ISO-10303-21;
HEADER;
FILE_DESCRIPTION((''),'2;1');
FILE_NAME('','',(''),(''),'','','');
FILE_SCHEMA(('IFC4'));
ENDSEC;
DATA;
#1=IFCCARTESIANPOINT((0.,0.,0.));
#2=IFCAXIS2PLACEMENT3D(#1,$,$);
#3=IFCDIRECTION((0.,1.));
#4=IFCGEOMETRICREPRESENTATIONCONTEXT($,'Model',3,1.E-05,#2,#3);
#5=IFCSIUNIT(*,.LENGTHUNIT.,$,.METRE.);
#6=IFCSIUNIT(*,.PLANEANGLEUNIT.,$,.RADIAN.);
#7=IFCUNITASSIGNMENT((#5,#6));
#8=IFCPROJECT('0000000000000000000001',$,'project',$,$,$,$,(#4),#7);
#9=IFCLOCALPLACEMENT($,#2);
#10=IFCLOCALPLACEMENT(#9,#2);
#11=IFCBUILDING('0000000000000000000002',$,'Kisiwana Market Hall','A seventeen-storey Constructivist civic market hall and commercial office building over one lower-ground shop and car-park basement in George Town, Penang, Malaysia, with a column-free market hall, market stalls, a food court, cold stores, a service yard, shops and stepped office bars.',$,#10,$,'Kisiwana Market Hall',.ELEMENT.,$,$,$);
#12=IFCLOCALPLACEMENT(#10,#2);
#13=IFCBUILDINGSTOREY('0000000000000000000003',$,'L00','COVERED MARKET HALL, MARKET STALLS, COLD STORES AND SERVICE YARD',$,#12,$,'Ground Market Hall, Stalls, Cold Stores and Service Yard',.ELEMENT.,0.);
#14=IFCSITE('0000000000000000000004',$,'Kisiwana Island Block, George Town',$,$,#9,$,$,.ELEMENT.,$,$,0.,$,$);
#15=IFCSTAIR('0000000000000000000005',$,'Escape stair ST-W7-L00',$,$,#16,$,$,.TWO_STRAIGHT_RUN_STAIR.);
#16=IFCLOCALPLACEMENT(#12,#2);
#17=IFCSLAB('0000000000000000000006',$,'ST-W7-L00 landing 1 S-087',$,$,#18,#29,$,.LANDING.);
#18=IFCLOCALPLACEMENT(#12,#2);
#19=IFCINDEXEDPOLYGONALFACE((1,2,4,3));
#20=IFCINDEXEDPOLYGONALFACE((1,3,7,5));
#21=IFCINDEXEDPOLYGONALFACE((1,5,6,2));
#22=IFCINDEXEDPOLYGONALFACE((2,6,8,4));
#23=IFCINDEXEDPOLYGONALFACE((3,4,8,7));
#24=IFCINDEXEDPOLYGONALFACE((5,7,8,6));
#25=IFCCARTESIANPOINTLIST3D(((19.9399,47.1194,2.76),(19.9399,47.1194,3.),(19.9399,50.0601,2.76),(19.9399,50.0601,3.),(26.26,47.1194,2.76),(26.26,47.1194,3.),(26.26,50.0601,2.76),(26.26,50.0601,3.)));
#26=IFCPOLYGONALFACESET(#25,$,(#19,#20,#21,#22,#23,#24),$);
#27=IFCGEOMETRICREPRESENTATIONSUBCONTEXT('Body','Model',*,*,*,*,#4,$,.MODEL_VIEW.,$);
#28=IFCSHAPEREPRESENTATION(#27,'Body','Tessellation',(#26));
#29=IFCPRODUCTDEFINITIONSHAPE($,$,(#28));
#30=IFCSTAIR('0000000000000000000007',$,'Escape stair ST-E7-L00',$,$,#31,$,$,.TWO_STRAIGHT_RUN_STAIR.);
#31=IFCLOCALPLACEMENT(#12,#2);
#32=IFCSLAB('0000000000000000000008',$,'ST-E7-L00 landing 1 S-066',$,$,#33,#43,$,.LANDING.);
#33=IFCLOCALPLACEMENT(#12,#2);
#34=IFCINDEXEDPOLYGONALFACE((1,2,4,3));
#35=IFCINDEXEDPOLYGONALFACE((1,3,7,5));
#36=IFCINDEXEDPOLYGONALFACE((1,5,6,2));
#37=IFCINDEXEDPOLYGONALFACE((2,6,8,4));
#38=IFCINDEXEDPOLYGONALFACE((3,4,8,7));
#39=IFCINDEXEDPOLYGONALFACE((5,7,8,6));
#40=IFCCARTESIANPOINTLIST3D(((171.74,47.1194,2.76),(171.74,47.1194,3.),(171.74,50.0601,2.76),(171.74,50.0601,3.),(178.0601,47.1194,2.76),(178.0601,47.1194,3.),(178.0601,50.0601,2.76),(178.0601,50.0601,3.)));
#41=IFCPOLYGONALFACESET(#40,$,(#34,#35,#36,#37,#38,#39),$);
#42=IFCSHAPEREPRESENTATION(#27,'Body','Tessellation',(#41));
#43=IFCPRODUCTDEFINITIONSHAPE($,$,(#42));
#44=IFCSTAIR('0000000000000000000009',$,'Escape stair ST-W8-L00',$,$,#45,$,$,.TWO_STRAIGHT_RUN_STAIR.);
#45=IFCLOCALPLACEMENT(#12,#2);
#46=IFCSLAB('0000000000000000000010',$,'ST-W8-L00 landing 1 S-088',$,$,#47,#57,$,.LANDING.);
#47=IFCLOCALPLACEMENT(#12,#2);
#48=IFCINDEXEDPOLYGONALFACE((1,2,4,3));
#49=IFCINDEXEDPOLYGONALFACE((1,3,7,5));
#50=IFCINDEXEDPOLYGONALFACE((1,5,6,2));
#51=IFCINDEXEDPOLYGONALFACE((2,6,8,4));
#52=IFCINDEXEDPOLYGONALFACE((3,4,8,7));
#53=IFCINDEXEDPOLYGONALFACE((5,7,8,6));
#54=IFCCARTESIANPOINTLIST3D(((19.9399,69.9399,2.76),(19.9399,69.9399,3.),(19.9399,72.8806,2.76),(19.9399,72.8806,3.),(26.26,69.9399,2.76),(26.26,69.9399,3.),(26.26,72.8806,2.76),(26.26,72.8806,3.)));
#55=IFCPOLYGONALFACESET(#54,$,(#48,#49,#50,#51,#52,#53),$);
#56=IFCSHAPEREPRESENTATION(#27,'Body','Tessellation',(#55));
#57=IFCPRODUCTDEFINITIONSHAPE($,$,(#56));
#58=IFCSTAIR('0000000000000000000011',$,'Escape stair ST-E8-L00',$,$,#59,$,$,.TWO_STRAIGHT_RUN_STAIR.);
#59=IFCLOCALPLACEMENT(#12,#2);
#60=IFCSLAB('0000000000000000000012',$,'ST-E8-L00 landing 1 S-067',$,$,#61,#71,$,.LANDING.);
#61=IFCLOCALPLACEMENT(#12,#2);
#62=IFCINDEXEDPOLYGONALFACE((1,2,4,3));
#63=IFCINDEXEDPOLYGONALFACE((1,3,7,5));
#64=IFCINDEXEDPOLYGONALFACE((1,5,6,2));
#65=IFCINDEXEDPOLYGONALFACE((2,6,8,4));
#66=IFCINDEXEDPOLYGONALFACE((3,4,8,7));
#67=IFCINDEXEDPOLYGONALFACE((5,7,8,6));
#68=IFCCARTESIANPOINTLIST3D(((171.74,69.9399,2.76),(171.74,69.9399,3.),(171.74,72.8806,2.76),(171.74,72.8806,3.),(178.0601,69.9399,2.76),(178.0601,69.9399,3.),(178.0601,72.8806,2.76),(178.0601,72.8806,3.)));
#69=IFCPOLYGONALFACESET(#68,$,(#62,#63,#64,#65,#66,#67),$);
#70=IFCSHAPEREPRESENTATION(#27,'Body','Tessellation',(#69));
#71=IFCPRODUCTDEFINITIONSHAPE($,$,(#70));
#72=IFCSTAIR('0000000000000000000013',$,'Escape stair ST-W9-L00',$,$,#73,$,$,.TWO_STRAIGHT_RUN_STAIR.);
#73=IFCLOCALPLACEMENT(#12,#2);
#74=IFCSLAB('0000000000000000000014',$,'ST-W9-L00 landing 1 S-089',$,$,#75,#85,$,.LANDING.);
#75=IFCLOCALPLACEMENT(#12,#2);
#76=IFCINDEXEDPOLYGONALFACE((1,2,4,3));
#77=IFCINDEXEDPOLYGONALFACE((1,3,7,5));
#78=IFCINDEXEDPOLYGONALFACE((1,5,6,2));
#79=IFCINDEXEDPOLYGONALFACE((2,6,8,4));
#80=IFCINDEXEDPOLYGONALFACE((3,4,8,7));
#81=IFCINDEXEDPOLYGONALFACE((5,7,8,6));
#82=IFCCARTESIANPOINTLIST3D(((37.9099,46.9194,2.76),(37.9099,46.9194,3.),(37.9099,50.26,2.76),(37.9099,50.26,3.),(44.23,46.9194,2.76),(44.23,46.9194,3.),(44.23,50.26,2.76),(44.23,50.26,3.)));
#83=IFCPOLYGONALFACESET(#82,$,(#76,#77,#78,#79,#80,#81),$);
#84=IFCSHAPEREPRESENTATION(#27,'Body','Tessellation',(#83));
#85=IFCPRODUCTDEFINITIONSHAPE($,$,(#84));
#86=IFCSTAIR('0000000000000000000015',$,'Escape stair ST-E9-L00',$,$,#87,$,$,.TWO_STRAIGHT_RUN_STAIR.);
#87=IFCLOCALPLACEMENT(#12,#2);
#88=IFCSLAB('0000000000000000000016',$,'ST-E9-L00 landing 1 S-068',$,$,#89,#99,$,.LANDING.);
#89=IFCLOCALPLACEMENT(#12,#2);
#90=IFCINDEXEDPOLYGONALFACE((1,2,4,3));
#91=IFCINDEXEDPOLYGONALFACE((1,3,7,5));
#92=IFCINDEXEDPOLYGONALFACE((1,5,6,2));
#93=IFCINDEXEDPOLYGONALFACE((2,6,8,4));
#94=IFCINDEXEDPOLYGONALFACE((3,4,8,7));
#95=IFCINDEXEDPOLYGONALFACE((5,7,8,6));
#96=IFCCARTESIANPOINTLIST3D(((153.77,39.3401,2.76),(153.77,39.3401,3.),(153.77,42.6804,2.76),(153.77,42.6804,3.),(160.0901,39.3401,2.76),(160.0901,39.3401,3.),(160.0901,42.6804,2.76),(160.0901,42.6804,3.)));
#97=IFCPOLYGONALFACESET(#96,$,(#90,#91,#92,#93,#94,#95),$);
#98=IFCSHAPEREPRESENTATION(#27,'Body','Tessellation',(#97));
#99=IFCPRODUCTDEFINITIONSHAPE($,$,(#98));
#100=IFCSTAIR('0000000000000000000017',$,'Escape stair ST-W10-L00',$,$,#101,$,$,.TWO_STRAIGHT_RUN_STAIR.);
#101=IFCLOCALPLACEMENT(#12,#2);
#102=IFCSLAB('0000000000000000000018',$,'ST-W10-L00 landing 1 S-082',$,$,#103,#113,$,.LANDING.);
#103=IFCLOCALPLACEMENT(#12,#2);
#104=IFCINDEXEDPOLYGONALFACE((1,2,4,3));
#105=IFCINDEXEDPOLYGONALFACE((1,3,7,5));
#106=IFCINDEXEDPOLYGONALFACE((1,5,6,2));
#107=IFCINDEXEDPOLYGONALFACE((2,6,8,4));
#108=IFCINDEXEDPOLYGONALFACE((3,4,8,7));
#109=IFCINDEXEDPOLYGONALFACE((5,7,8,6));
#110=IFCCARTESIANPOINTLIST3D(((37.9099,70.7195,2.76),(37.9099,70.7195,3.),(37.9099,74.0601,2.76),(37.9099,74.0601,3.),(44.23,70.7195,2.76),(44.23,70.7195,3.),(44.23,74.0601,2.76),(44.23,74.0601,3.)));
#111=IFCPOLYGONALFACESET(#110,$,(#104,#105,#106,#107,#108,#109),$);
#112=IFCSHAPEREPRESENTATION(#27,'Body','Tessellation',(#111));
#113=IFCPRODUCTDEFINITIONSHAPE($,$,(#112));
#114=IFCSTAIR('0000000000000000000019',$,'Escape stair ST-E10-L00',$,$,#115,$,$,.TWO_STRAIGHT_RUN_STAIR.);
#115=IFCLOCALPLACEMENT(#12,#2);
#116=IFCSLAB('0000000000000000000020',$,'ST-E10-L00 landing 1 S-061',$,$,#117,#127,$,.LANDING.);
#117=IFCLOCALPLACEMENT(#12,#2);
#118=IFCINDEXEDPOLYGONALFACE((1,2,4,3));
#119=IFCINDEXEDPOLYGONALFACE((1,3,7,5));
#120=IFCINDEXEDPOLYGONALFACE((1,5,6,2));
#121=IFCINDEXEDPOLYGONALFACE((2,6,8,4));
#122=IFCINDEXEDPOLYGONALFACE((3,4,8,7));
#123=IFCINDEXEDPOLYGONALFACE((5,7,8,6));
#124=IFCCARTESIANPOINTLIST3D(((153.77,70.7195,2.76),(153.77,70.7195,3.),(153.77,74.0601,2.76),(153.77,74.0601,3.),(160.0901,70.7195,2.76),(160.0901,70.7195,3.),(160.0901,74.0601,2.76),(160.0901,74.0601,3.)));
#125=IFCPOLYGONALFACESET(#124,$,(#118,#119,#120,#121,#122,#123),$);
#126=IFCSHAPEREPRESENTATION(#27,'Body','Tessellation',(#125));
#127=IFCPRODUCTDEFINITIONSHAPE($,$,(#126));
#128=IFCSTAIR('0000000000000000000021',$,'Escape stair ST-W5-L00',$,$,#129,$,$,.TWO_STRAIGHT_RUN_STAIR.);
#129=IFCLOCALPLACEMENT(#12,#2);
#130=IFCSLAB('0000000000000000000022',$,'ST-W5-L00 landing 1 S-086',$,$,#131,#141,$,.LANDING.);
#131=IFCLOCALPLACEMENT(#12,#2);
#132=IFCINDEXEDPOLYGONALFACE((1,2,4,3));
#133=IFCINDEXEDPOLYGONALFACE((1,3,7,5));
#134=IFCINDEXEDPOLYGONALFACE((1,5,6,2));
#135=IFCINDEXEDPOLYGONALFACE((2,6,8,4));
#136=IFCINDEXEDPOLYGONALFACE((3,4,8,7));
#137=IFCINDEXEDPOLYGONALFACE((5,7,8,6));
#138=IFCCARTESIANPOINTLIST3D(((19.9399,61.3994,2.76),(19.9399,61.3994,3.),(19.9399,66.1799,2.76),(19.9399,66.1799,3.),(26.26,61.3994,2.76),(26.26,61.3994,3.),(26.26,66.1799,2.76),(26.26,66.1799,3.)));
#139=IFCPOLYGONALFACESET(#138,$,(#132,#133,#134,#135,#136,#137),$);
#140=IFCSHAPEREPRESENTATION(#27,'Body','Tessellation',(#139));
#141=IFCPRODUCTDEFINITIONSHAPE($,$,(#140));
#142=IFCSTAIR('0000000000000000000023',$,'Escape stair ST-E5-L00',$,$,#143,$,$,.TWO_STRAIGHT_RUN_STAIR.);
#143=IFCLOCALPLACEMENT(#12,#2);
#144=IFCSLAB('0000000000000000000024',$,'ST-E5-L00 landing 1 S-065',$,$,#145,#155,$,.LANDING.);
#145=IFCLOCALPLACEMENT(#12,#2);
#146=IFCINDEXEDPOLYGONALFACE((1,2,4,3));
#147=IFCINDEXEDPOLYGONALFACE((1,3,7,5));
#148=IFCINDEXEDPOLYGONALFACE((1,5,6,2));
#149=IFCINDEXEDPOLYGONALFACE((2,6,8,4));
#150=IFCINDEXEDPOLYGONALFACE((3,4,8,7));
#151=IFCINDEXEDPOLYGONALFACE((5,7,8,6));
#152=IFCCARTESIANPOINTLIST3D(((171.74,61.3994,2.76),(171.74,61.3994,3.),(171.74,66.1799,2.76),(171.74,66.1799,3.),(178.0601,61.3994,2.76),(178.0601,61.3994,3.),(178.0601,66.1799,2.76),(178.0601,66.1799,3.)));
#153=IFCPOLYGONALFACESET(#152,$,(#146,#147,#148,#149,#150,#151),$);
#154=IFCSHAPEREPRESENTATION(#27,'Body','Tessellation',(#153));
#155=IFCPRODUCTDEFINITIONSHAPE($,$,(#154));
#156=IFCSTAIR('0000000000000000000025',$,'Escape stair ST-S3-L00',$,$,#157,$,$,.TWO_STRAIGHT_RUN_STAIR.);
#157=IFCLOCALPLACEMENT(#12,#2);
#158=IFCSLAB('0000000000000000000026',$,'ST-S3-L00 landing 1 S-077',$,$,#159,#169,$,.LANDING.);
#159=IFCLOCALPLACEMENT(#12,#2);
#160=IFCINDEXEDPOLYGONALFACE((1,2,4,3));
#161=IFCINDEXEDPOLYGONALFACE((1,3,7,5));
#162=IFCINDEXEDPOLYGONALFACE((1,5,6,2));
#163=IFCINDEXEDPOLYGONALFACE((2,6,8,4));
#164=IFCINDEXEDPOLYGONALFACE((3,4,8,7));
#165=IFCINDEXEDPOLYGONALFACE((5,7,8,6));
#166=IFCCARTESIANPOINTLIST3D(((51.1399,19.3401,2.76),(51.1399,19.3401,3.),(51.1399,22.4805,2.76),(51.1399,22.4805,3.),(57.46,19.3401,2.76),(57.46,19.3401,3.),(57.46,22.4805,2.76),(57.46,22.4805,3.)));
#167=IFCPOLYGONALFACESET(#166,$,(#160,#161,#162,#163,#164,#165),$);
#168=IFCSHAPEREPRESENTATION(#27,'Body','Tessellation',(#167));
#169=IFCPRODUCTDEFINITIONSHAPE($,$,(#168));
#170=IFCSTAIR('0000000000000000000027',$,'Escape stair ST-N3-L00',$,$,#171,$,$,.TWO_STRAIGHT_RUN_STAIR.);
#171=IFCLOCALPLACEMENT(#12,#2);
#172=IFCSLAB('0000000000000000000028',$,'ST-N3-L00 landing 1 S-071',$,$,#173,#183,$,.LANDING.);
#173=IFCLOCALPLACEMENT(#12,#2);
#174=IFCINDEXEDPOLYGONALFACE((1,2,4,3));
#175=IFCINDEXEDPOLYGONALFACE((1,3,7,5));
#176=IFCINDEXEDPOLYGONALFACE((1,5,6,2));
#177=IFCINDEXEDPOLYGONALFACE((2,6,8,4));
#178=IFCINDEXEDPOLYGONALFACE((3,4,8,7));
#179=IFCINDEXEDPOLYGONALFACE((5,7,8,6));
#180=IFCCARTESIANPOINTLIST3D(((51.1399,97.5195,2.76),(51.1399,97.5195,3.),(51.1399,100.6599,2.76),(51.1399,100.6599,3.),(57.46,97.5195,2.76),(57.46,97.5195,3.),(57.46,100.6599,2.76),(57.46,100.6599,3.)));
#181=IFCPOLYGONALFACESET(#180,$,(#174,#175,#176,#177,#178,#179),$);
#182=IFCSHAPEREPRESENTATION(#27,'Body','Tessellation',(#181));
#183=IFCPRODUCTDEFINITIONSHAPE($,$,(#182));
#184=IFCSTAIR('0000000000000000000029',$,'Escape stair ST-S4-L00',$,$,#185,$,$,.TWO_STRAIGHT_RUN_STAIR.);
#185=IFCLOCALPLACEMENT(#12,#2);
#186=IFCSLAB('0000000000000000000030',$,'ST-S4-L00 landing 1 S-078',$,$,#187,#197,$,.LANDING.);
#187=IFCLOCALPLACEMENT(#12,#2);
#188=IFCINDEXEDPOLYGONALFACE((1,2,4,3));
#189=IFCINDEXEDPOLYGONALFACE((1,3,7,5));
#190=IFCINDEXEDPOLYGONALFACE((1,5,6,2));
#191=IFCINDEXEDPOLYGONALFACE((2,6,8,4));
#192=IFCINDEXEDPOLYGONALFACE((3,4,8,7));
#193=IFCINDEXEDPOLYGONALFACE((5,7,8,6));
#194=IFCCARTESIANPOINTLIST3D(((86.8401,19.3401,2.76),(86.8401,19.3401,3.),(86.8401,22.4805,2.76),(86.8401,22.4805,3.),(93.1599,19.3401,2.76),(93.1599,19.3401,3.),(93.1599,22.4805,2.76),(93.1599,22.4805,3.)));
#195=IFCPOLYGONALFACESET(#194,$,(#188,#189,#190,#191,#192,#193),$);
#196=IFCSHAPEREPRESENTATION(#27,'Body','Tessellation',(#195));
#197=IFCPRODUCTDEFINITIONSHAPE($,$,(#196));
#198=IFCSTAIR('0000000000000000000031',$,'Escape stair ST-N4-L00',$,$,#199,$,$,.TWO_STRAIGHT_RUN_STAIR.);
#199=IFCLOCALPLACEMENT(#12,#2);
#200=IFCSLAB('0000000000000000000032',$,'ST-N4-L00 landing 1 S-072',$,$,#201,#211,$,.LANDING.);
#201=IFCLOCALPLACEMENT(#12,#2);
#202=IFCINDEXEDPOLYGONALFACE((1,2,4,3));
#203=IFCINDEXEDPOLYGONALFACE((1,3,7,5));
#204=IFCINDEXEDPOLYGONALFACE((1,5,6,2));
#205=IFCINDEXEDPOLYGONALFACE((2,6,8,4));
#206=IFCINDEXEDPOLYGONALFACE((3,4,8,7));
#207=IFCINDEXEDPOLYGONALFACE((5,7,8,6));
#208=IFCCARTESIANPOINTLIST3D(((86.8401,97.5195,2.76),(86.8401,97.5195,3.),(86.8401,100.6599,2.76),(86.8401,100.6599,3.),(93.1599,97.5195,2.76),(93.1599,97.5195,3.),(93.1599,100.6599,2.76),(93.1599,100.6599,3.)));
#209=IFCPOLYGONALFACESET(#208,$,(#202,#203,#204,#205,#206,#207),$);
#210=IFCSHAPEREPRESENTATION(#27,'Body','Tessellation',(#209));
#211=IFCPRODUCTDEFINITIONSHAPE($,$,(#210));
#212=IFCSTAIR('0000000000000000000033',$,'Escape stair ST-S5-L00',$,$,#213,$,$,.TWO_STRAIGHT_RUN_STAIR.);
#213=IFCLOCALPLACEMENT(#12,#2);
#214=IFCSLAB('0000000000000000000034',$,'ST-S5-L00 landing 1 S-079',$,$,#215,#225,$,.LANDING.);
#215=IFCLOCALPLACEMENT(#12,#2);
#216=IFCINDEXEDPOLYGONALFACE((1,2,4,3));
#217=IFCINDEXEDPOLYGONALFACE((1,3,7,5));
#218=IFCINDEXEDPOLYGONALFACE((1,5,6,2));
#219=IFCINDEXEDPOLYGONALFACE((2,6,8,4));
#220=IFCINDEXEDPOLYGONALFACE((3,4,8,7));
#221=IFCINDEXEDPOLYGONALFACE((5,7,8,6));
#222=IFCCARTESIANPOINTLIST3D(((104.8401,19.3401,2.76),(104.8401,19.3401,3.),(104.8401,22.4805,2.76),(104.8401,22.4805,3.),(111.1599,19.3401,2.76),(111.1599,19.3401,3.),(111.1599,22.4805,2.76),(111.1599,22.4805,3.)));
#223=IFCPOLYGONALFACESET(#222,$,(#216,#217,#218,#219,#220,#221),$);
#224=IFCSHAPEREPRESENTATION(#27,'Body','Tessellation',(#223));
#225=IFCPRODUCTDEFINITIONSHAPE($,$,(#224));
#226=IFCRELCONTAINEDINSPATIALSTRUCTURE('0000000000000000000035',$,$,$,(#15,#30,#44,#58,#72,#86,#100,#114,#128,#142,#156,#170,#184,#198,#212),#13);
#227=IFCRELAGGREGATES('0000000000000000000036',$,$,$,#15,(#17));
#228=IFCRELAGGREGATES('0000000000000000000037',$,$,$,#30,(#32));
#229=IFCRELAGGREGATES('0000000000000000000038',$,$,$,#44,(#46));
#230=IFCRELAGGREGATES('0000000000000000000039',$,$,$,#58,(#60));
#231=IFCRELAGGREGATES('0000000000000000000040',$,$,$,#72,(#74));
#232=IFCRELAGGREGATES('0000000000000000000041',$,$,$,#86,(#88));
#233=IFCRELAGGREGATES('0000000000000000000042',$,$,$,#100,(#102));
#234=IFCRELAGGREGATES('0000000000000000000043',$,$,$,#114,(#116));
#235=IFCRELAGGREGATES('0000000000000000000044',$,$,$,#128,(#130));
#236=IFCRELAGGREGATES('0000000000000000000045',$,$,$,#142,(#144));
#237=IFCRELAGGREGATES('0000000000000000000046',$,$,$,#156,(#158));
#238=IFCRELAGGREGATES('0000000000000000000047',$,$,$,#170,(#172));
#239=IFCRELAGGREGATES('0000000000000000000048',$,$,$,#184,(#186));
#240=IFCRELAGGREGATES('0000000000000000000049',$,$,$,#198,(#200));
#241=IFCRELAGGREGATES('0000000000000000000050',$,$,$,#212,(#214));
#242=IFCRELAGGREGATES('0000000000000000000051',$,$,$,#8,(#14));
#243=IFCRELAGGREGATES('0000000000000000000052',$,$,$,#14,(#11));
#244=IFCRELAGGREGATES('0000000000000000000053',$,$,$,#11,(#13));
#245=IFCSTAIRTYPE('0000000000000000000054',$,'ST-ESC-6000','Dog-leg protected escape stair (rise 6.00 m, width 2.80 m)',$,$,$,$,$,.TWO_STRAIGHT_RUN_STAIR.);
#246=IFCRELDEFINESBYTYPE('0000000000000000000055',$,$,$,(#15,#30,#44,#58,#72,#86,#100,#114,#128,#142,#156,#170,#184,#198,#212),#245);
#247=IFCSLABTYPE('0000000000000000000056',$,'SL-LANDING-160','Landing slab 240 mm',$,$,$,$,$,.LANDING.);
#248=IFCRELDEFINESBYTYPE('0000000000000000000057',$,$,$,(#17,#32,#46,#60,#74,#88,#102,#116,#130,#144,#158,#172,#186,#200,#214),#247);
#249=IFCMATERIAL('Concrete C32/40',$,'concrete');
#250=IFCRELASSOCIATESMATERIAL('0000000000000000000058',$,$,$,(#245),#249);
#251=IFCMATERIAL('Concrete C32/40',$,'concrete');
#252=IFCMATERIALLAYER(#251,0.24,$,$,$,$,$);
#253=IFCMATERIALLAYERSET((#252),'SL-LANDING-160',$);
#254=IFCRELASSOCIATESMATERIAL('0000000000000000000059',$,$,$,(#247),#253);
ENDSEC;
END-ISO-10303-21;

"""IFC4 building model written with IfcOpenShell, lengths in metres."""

from ifc_helpers import new_model, si_unit, direction, frame, origin, place, context, subcontext, project, spatial, polyline, outline, extrude, material, layer, layer_set, type_object, element, aggregate, save


model = new_model("IFC4")

# Units and contexts
model_context = context("Model", 3, precision=1e-05, world=origin(), true_north=direction((0.0, 1.0)))
body_context = subcontext(model_context, "Body", "Model", "MODEL_VIEW")
ifc_project = project(units=[si_unit("LENGTHUNIT", "METRE"), si_unit("PLANEANGLEUNIT", "RADIAN")], contexts=[model_context])

# Site, building, storey
site_placement = place(None, origin())
site = spatial("IfcSite", under=ifc_project, at=site_placement, Name="Kisiwana Island Block, George Town", CompositionType="ELEMENT", RefElevation=0.0)
building_placement = place(site_placement, origin())
building = spatial("IfcBuilding", under=site, at=building_placement, Name="Kisiwana Market Hall", Description="A seventeen-storey Constructivist civic market hall and commercial office building over one lower-ground shop and car-park basement in George Town, Penang, Malaysia, with a column-free market hall, market stalls, a food court, cold stores, a service yard, shops and stepped office bars.", LongName="Kisiwana Market Hall", CompositionType="ELEMENT")
storey_placement = place(building_placement, origin())
storey = spatial("IfcBuildingStorey", under=building, at=storey_placement, Name="L00", Description="COVERED MARKET HALL, MARKET STALLS, COLD STORES AND SERVICE YARD", LongName="Ground Market Hall, Stalls, Cold Stores and Service Yard", CompositionType="ELEMENT", Elevation=0.0)

# Stairs, slabs
ifc_material_1 = material(Name="Concrete C32/40", Category="concrete")
stair_type = type_object("IfcStairType", Name="ST-ESC-6000", Description="Dog-leg protected escape stair (rise 6.00 m, width 2.80 m)", PredefinedType="TWO_STRAIGHT_RUN_STAIR", material=ifc_material_1)
stair_1_placement = place(storey_placement, origin())
stair_1 = element("IfcStair", 1, at=stair_1_placement, inside=storey, type_object=stair_type, Name="Escape stair ST-W7-L00", PredefinedType="TWO_STRAIGHT_RUN_STAIR")
ifc_material_2 = material(Name="Concrete C32/40", Category="concrete")
ifc_layer_1 = layer(ifc_material_2, 0.24)
ifc_layer_set_1 = layer_set([ifc_layer_1], Name="SL-LANDING-160")
slab_type_1 = type_object("IfcSlabType", Name="SL-LANDING-160", Description="Landing slab 240 mm", PredefinedType="LANDING", material=ifc_layer_set_1)
slab_1_placement = place(storey_placement, frame((0.0, 0.0, 2.76)))
slab_1 = element("IfcSlab", 2, at=slab_1_placement, type_object=slab_type_1, Name="ST-W7-L00 landing 1 S-087", PredefinedType="LANDING", context=body_context, shape_type="SweptSolid", body=[
    extrude(outline(polyline([(19.9399, 47.1194), (26.26, 47.1194), (26.26, 50.0601), (19.9399, 50.0601), (19.9399, 47.1194)])), origin(), (0.0, 0.0, 1.0), 0.24),
])
aggregate(stair_1, [slab_1])
stair_2_placement = place(storey_placement, origin())
stair_2 = element("IfcStair", 3, at=stair_2_placement, inside=storey, type_object=stair_type, Name="Escape stair ST-E7-L00", PredefinedType="TWO_STRAIGHT_RUN_STAIR")
slab_2_placement = place(storey_placement, frame((0.0, 0.0, 2.76)))
slab_2 = element("IfcSlab", 4, at=slab_2_placement, type_object=slab_type_1, Name="ST-E7-L00 landing 1 S-066", PredefinedType="LANDING", context=body_context, shape_type="SweptSolid", body=[
    extrude(outline(polyline([(171.74, 47.1194), (178.0601, 47.1194), (178.0601, 50.0601), (171.74, 50.0601), (171.74, 47.1194)])), origin(), (0.0, 0.0, 1.0), 0.24),
])
aggregate(stair_2, [slab_2])
stair_3_placement = place(storey_placement, origin())
stair_3 = element("IfcStair", 5, at=stair_3_placement, inside=storey, type_object=stair_type, Name="Escape stair ST-W8-L00", PredefinedType="TWO_STRAIGHT_RUN_STAIR")
slab_3_placement = place(storey_placement, frame((0.0, 0.0, 2.76)))
slab_3 = element("IfcSlab", 6, at=slab_3_placement, type_object=slab_type_1, Name="ST-W8-L00 landing 1 S-088", PredefinedType="LANDING", context=body_context, shape_type="SweptSolid", body=[
    extrude(outline(polyline([(19.9399, 69.9399), (26.26, 69.9399), (26.26, 72.8806), (19.9399, 72.8806), (19.9399, 69.9399)])), origin(), (0.0, 0.0, 1.0), 0.24),
])
aggregate(stair_3, [slab_3])
stair_4_placement = place(storey_placement, origin())
stair_4 = element("IfcStair", 7, at=stair_4_placement, inside=storey, type_object=stair_type, Name="Escape stair ST-E8-L00", PredefinedType="TWO_STRAIGHT_RUN_STAIR")
slab_4_placement = place(storey_placement, frame((0.0, 0.0, 2.76)))
slab_4 = element("IfcSlab", 8, at=slab_4_placement, type_object=slab_type_1, Name="ST-E8-L00 landing 1 S-067", PredefinedType="LANDING", context=body_context, shape_type="SweptSolid", body=[
    extrude(outline(polyline([(171.74, 69.9399), (178.0601, 69.9399), (178.0601, 72.8806), (171.74, 72.8806), (171.74, 69.9399)])), origin(), (0.0, 0.0, 1.0), 0.24),
])
aggregate(stair_4, [slab_4])
stair_5_placement = place(storey_placement, origin())
stair_5 = element("IfcStair", 9, at=stair_5_placement, inside=storey, type_object=stair_type, Name="Escape stair ST-W9-L00", PredefinedType="TWO_STRAIGHT_RUN_STAIR")
slab_5_placement = place(storey_placement, frame((0.0, 0.0, 2.76)))
slab_5 = element("IfcSlab", 10, at=slab_5_placement, type_object=slab_type_1, Name="ST-W9-L00 landing 1 S-089", PredefinedType="LANDING", context=body_context, shape_type="SweptSolid", body=[
    extrude(outline(polyline([(37.9099, 46.9194), (44.23, 46.9194), (44.23, 50.26), (37.9099, 50.26), (37.9099, 46.9194)])), origin(), (0.0, 0.0, 1.0), 0.24),
])
aggregate(stair_5, [slab_5])
stair_6_placement = place(storey_placement, origin())
stair_6 = element("IfcStair", 11, at=stair_6_placement, inside=storey, type_object=stair_type, Name="Escape stair ST-E9-L00", PredefinedType="TWO_STRAIGHT_RUN_STAIR")
slab_6_placement = place(storey_placement, frame((0.0, 0.0, 2.76)))
slab_6 = element("IfcSlab", 12, at=slab_6_placement, type_object=slab_type_1, Name="ST-E9-L00 landing 1 S-068", PredefinedType="LANDING", context=body_context, shape_type="SweptSolid", body=[
    extrude(outline(polyline([(153.77, 39.3401), (160.0901, 39.3401), (160.0901, 42.6804), (153.77, 42.6804), (153.77, 39.3401)])), origin(), (0.0, 0.0, 1.0), 0.24),
])
aggregate(stair_6, [slab_6])
stair_7_placement = place(storey_placement, origin())
stair_7 = element("IfcStair", 13, at=stair_7_placement, inside=storey, type_object=stair_type, Name="Escape stair ST-W10-L00", PredefinedType="TWO_STRAIGHT_RUN_STAIR")
slab_7_placement = place(storey_placement, frame((0.0, 0.0, 2.76)))
slab_7 = element("IfcSlab", 14, at=slab_7_placement, type_object=slab_type_1, Name="ST-W10-L00 landing 1 S-082", PredefinedType="LANDING", context=body_context, shape_type="SweptSolid", body=[
    extrude(outline(polyline([(37.9099, 70.7195), (44.23, 70.7195), (44.23, 74.0601), (37.9099, 74.0601), (37.9099, 70.7195)])), origin(), (0.0, 0.0, 1.0), 0.24),
])
aggregate(stair_7, [slab_7])
stair_8_placement = place(storey_placement, origin())
stair_8 = element("IfcStair", 15, at=stair_8_placement, inside=storey, type_object=stair_type, Name="Escape stair ST-E10-L00", PredefinedType="TWO_STRAIGHT_RUN_STAIR")
slab_8_placement = place(storey_placement, frame((0.0, 0.0, 2.76)))
slab_8 = element("IfcSlab", 16, at=slab_8_placement, type_object=slab_type_1, Name="ST-E10-L00 landing 1 S-061", PredefinedType="LANDING", context=body_context, shape_type="SweptSolid", body=[
    extrude(outline(polyline([(153.77, 70.7195), (160.0901, 70.7195), (160.0901, 74.0601), (153.77, 74.0601), (153.77, 70.7195)])), origin(), (0.0, 0.0, 1.0), 0.24),
])
aggregate(stair_8, [slab_8])
stair_9_placement = place(storey_placement, origin())
stair_9 = element("IfcStair", 17, at=stair_9_placement, inside=storey, type_object=stair_type, Name="Escape stair ST-W5-L00", PredefinedType="TWO_STRAIGHT_RUN_STAIR")
slab_9_placement = place(storey_placement, frame((0.0, 0.0, 2.76)))
slab_9 = element("IfcSlab", 18, at=slab_9_placement, type_object=slab_type_1, Name="ST-W5-L00 landing 1 S-086", PredefinedType="LANDING", context=body_context, shape_type="SweptSolid", body=[
    extrude(outline(polyline([(19.9399, 61.3994), (26.26, 61.3994), (26.26, 66.1799), (19.9399, 66.1799), (19.9399, 61.3994)])), origin(), (0.0, 0.0, 1.0), 0.24),
])
aggregate(stair_9, [slab_9])
stair_10_placement = place(storey_placement, origin())
stair_10 = element("IfcStair", 19, at=stair_10_placement, inside=storey, type_object=stair_type, Name="Escape stair ST-E5-L00", PredefinedType="TWO_STRAIGHT_RUN_STAIR")
slab_10_placement = place(storey_placement, frame((0.0, 0.0, 2.76)))
slab_10 = element("IfcSlab", 20, at=slab_10_placement, type_object=slab_type_1, Name="ST-E5-L00 landing 1 S-065", PredefinedType="LANDING", context=body_context, shape_type="SweptSolid", body=[
    extrude(outline(polyline([(171.74, 61.3994), (178.0601, 61.3994), (178.0601, 66.1799), (171.74, 66.1799), (171.74, 61.3994)])), origin(), (0.0, 0.0, 1.0), 0.24),
])
aggregate(stair_10, [slab_10])
stair_11_placement = place(storey_placement, origin())
stair_11 = element("IfcStair", 21, at=stair_11_placement, inside=storey, type_object=stair_type, Name="Escape stair ST-S3-L00", PredefinedType="TWO_STRAIGHT_RUN_STAIR")
slab_11_placement = place(storey_placement, frame((0.0, 0.0, 2.76)))
slab_11 = element("IfcSlab", 22, at=slab_11_placement, type_object=slab_type_1, Name="ST-S3-L00 landing 1 S-077", PredefinedType="LANDING", context=body_context, shape_type="SweptSolid", body=[
    extrude(outline(polyline([(51.1399, 19.3401), (57.46, 19.3401), (57.46, 22.4805), (51.1399, 22.4805), (51.1399, 19.3401)])), origin(), (0.0, 0.0, 1.0), 0.24),
])
aggregate(stair_11, [slab_11])
stair_12_placement = place(storey_placement, origin())
stair_12 = element("IfcStair", 23, at=stair_12_placement, inside=storey, type_object=stair_type, Name="Escape stair ST-N3-L00", PredefinedType="TWO_STRAIGHT_RUN_STAIR")
slab_12_placement = place(storey_placement, frame((0.0, 0.0, 2.76)))
slab_12 = element("IfcSlab", 24, at=slab_12_placement, type_object=slab_type_1, Name="ST-N3-L00 landing 1 S-071", PredefinedType="LANDING", context=body_context, shape_type="SweptSolid", body=[
    extrude(outline(polyline([(51.1399, 97.5195), (57.46, 97.5195), (57.46, 100.6599), (51.1399, 100.6599), (51.1399, 97.5195)])), origin(), (0.0, 0.0, 1.0), 0.24),
])
aggregate(stair_12, [slab_12])
stair_13_placement = place(storey_placement, origin())
stair_13 = element("IfcStair", 25, at=stair_13_placement, inside=storey, type_object=stair_type, Name="Escape stair ST-S4-L00", PredefinedType="TWO_STRAIGHT_RUN_STAIR")
slab_13_placement = place(storey_placement, frame((0.0, 0.0, 2.76)))
slab_13 = element("IfcSlab", 26, at=slab_13_placement, type_object=slab_type_1, Name="ST-S4-L00 landing 1 S-078", PredefinedType="LANDING", context=body_context, shape_type="SweptSolid", body=[
    extrude(outline(polyline([(86.8401, 19.3401), (93.1599, 19.3401), (93.1599, 22.4805), (86.8401, 22.4805), (86.8401, 19.3401)])), origin(), (0.0, 0.0, 1.0), 0.24),
])
aggregate(stair_13, [slab_13])
stair_14_placement = place(storey_placement, origin())
stair_14 = element("IfcStair", 27, at=stair_14_placement, inside=storey, type_object=stair_type, Name="Escape stair ST-N4-L00", PredefinedType="TWO_STRAIGHT_RUN_STAIR")
slab_14_placement = place(storey_placement, frame((0.0, 0.0, 2.76)))
slab_14 = element("IfcSlab", 28, at=slab_14_placement, type_object=slab_type_1, Name="ST-N4-L00 landing 1 S-072", PredefinedType="LANDING", context=body_context, shape_type="SweptSolid", body=[
    extrude(outline(polyline([(86.8401, 97.5195), (93.1599, 97.5195), (93.1599, 100.6599), (86.8401, 100.6599), (86.8401, 97.5195)])), origin(), (0.0, 0.0, 1.0), 0.24),
])
aggregate(stair_14, [slab_14])
stair_15_placement = place(storey_placement, origin())
stair_15 = element("IfcStair", 29, at=stair_15_placement, inside=storey, type_object=stair_type, Name="Escape stair ST-S5-L00", PredefinedType="TWO_STRAIGHT_RUN_STAIR")
slab_15_placement = place(storey_placement, frame((0.0, 0.0, 2.76)))
slab_15 = element("IfcSlab", 30, at=slab_15_placement, type_object=slab_type_1, Name="ST-S5-L00 landing 1 S-079", PredefinedType="LANDING", context=body_context, shape_type="SweptSolid", body=[
    extrude(outline(polyline([(104.8401, 19.3401), (111.1599, 19.3401), (111.1599, 22.4805), (104.8401, 22.4805), (104.8401, 19.3401)])), origin(), (0.0, 0.0, 1.0), 0.24),
])
aggregate(stair_15, [slab_15])

save(model, "model.ifc")
